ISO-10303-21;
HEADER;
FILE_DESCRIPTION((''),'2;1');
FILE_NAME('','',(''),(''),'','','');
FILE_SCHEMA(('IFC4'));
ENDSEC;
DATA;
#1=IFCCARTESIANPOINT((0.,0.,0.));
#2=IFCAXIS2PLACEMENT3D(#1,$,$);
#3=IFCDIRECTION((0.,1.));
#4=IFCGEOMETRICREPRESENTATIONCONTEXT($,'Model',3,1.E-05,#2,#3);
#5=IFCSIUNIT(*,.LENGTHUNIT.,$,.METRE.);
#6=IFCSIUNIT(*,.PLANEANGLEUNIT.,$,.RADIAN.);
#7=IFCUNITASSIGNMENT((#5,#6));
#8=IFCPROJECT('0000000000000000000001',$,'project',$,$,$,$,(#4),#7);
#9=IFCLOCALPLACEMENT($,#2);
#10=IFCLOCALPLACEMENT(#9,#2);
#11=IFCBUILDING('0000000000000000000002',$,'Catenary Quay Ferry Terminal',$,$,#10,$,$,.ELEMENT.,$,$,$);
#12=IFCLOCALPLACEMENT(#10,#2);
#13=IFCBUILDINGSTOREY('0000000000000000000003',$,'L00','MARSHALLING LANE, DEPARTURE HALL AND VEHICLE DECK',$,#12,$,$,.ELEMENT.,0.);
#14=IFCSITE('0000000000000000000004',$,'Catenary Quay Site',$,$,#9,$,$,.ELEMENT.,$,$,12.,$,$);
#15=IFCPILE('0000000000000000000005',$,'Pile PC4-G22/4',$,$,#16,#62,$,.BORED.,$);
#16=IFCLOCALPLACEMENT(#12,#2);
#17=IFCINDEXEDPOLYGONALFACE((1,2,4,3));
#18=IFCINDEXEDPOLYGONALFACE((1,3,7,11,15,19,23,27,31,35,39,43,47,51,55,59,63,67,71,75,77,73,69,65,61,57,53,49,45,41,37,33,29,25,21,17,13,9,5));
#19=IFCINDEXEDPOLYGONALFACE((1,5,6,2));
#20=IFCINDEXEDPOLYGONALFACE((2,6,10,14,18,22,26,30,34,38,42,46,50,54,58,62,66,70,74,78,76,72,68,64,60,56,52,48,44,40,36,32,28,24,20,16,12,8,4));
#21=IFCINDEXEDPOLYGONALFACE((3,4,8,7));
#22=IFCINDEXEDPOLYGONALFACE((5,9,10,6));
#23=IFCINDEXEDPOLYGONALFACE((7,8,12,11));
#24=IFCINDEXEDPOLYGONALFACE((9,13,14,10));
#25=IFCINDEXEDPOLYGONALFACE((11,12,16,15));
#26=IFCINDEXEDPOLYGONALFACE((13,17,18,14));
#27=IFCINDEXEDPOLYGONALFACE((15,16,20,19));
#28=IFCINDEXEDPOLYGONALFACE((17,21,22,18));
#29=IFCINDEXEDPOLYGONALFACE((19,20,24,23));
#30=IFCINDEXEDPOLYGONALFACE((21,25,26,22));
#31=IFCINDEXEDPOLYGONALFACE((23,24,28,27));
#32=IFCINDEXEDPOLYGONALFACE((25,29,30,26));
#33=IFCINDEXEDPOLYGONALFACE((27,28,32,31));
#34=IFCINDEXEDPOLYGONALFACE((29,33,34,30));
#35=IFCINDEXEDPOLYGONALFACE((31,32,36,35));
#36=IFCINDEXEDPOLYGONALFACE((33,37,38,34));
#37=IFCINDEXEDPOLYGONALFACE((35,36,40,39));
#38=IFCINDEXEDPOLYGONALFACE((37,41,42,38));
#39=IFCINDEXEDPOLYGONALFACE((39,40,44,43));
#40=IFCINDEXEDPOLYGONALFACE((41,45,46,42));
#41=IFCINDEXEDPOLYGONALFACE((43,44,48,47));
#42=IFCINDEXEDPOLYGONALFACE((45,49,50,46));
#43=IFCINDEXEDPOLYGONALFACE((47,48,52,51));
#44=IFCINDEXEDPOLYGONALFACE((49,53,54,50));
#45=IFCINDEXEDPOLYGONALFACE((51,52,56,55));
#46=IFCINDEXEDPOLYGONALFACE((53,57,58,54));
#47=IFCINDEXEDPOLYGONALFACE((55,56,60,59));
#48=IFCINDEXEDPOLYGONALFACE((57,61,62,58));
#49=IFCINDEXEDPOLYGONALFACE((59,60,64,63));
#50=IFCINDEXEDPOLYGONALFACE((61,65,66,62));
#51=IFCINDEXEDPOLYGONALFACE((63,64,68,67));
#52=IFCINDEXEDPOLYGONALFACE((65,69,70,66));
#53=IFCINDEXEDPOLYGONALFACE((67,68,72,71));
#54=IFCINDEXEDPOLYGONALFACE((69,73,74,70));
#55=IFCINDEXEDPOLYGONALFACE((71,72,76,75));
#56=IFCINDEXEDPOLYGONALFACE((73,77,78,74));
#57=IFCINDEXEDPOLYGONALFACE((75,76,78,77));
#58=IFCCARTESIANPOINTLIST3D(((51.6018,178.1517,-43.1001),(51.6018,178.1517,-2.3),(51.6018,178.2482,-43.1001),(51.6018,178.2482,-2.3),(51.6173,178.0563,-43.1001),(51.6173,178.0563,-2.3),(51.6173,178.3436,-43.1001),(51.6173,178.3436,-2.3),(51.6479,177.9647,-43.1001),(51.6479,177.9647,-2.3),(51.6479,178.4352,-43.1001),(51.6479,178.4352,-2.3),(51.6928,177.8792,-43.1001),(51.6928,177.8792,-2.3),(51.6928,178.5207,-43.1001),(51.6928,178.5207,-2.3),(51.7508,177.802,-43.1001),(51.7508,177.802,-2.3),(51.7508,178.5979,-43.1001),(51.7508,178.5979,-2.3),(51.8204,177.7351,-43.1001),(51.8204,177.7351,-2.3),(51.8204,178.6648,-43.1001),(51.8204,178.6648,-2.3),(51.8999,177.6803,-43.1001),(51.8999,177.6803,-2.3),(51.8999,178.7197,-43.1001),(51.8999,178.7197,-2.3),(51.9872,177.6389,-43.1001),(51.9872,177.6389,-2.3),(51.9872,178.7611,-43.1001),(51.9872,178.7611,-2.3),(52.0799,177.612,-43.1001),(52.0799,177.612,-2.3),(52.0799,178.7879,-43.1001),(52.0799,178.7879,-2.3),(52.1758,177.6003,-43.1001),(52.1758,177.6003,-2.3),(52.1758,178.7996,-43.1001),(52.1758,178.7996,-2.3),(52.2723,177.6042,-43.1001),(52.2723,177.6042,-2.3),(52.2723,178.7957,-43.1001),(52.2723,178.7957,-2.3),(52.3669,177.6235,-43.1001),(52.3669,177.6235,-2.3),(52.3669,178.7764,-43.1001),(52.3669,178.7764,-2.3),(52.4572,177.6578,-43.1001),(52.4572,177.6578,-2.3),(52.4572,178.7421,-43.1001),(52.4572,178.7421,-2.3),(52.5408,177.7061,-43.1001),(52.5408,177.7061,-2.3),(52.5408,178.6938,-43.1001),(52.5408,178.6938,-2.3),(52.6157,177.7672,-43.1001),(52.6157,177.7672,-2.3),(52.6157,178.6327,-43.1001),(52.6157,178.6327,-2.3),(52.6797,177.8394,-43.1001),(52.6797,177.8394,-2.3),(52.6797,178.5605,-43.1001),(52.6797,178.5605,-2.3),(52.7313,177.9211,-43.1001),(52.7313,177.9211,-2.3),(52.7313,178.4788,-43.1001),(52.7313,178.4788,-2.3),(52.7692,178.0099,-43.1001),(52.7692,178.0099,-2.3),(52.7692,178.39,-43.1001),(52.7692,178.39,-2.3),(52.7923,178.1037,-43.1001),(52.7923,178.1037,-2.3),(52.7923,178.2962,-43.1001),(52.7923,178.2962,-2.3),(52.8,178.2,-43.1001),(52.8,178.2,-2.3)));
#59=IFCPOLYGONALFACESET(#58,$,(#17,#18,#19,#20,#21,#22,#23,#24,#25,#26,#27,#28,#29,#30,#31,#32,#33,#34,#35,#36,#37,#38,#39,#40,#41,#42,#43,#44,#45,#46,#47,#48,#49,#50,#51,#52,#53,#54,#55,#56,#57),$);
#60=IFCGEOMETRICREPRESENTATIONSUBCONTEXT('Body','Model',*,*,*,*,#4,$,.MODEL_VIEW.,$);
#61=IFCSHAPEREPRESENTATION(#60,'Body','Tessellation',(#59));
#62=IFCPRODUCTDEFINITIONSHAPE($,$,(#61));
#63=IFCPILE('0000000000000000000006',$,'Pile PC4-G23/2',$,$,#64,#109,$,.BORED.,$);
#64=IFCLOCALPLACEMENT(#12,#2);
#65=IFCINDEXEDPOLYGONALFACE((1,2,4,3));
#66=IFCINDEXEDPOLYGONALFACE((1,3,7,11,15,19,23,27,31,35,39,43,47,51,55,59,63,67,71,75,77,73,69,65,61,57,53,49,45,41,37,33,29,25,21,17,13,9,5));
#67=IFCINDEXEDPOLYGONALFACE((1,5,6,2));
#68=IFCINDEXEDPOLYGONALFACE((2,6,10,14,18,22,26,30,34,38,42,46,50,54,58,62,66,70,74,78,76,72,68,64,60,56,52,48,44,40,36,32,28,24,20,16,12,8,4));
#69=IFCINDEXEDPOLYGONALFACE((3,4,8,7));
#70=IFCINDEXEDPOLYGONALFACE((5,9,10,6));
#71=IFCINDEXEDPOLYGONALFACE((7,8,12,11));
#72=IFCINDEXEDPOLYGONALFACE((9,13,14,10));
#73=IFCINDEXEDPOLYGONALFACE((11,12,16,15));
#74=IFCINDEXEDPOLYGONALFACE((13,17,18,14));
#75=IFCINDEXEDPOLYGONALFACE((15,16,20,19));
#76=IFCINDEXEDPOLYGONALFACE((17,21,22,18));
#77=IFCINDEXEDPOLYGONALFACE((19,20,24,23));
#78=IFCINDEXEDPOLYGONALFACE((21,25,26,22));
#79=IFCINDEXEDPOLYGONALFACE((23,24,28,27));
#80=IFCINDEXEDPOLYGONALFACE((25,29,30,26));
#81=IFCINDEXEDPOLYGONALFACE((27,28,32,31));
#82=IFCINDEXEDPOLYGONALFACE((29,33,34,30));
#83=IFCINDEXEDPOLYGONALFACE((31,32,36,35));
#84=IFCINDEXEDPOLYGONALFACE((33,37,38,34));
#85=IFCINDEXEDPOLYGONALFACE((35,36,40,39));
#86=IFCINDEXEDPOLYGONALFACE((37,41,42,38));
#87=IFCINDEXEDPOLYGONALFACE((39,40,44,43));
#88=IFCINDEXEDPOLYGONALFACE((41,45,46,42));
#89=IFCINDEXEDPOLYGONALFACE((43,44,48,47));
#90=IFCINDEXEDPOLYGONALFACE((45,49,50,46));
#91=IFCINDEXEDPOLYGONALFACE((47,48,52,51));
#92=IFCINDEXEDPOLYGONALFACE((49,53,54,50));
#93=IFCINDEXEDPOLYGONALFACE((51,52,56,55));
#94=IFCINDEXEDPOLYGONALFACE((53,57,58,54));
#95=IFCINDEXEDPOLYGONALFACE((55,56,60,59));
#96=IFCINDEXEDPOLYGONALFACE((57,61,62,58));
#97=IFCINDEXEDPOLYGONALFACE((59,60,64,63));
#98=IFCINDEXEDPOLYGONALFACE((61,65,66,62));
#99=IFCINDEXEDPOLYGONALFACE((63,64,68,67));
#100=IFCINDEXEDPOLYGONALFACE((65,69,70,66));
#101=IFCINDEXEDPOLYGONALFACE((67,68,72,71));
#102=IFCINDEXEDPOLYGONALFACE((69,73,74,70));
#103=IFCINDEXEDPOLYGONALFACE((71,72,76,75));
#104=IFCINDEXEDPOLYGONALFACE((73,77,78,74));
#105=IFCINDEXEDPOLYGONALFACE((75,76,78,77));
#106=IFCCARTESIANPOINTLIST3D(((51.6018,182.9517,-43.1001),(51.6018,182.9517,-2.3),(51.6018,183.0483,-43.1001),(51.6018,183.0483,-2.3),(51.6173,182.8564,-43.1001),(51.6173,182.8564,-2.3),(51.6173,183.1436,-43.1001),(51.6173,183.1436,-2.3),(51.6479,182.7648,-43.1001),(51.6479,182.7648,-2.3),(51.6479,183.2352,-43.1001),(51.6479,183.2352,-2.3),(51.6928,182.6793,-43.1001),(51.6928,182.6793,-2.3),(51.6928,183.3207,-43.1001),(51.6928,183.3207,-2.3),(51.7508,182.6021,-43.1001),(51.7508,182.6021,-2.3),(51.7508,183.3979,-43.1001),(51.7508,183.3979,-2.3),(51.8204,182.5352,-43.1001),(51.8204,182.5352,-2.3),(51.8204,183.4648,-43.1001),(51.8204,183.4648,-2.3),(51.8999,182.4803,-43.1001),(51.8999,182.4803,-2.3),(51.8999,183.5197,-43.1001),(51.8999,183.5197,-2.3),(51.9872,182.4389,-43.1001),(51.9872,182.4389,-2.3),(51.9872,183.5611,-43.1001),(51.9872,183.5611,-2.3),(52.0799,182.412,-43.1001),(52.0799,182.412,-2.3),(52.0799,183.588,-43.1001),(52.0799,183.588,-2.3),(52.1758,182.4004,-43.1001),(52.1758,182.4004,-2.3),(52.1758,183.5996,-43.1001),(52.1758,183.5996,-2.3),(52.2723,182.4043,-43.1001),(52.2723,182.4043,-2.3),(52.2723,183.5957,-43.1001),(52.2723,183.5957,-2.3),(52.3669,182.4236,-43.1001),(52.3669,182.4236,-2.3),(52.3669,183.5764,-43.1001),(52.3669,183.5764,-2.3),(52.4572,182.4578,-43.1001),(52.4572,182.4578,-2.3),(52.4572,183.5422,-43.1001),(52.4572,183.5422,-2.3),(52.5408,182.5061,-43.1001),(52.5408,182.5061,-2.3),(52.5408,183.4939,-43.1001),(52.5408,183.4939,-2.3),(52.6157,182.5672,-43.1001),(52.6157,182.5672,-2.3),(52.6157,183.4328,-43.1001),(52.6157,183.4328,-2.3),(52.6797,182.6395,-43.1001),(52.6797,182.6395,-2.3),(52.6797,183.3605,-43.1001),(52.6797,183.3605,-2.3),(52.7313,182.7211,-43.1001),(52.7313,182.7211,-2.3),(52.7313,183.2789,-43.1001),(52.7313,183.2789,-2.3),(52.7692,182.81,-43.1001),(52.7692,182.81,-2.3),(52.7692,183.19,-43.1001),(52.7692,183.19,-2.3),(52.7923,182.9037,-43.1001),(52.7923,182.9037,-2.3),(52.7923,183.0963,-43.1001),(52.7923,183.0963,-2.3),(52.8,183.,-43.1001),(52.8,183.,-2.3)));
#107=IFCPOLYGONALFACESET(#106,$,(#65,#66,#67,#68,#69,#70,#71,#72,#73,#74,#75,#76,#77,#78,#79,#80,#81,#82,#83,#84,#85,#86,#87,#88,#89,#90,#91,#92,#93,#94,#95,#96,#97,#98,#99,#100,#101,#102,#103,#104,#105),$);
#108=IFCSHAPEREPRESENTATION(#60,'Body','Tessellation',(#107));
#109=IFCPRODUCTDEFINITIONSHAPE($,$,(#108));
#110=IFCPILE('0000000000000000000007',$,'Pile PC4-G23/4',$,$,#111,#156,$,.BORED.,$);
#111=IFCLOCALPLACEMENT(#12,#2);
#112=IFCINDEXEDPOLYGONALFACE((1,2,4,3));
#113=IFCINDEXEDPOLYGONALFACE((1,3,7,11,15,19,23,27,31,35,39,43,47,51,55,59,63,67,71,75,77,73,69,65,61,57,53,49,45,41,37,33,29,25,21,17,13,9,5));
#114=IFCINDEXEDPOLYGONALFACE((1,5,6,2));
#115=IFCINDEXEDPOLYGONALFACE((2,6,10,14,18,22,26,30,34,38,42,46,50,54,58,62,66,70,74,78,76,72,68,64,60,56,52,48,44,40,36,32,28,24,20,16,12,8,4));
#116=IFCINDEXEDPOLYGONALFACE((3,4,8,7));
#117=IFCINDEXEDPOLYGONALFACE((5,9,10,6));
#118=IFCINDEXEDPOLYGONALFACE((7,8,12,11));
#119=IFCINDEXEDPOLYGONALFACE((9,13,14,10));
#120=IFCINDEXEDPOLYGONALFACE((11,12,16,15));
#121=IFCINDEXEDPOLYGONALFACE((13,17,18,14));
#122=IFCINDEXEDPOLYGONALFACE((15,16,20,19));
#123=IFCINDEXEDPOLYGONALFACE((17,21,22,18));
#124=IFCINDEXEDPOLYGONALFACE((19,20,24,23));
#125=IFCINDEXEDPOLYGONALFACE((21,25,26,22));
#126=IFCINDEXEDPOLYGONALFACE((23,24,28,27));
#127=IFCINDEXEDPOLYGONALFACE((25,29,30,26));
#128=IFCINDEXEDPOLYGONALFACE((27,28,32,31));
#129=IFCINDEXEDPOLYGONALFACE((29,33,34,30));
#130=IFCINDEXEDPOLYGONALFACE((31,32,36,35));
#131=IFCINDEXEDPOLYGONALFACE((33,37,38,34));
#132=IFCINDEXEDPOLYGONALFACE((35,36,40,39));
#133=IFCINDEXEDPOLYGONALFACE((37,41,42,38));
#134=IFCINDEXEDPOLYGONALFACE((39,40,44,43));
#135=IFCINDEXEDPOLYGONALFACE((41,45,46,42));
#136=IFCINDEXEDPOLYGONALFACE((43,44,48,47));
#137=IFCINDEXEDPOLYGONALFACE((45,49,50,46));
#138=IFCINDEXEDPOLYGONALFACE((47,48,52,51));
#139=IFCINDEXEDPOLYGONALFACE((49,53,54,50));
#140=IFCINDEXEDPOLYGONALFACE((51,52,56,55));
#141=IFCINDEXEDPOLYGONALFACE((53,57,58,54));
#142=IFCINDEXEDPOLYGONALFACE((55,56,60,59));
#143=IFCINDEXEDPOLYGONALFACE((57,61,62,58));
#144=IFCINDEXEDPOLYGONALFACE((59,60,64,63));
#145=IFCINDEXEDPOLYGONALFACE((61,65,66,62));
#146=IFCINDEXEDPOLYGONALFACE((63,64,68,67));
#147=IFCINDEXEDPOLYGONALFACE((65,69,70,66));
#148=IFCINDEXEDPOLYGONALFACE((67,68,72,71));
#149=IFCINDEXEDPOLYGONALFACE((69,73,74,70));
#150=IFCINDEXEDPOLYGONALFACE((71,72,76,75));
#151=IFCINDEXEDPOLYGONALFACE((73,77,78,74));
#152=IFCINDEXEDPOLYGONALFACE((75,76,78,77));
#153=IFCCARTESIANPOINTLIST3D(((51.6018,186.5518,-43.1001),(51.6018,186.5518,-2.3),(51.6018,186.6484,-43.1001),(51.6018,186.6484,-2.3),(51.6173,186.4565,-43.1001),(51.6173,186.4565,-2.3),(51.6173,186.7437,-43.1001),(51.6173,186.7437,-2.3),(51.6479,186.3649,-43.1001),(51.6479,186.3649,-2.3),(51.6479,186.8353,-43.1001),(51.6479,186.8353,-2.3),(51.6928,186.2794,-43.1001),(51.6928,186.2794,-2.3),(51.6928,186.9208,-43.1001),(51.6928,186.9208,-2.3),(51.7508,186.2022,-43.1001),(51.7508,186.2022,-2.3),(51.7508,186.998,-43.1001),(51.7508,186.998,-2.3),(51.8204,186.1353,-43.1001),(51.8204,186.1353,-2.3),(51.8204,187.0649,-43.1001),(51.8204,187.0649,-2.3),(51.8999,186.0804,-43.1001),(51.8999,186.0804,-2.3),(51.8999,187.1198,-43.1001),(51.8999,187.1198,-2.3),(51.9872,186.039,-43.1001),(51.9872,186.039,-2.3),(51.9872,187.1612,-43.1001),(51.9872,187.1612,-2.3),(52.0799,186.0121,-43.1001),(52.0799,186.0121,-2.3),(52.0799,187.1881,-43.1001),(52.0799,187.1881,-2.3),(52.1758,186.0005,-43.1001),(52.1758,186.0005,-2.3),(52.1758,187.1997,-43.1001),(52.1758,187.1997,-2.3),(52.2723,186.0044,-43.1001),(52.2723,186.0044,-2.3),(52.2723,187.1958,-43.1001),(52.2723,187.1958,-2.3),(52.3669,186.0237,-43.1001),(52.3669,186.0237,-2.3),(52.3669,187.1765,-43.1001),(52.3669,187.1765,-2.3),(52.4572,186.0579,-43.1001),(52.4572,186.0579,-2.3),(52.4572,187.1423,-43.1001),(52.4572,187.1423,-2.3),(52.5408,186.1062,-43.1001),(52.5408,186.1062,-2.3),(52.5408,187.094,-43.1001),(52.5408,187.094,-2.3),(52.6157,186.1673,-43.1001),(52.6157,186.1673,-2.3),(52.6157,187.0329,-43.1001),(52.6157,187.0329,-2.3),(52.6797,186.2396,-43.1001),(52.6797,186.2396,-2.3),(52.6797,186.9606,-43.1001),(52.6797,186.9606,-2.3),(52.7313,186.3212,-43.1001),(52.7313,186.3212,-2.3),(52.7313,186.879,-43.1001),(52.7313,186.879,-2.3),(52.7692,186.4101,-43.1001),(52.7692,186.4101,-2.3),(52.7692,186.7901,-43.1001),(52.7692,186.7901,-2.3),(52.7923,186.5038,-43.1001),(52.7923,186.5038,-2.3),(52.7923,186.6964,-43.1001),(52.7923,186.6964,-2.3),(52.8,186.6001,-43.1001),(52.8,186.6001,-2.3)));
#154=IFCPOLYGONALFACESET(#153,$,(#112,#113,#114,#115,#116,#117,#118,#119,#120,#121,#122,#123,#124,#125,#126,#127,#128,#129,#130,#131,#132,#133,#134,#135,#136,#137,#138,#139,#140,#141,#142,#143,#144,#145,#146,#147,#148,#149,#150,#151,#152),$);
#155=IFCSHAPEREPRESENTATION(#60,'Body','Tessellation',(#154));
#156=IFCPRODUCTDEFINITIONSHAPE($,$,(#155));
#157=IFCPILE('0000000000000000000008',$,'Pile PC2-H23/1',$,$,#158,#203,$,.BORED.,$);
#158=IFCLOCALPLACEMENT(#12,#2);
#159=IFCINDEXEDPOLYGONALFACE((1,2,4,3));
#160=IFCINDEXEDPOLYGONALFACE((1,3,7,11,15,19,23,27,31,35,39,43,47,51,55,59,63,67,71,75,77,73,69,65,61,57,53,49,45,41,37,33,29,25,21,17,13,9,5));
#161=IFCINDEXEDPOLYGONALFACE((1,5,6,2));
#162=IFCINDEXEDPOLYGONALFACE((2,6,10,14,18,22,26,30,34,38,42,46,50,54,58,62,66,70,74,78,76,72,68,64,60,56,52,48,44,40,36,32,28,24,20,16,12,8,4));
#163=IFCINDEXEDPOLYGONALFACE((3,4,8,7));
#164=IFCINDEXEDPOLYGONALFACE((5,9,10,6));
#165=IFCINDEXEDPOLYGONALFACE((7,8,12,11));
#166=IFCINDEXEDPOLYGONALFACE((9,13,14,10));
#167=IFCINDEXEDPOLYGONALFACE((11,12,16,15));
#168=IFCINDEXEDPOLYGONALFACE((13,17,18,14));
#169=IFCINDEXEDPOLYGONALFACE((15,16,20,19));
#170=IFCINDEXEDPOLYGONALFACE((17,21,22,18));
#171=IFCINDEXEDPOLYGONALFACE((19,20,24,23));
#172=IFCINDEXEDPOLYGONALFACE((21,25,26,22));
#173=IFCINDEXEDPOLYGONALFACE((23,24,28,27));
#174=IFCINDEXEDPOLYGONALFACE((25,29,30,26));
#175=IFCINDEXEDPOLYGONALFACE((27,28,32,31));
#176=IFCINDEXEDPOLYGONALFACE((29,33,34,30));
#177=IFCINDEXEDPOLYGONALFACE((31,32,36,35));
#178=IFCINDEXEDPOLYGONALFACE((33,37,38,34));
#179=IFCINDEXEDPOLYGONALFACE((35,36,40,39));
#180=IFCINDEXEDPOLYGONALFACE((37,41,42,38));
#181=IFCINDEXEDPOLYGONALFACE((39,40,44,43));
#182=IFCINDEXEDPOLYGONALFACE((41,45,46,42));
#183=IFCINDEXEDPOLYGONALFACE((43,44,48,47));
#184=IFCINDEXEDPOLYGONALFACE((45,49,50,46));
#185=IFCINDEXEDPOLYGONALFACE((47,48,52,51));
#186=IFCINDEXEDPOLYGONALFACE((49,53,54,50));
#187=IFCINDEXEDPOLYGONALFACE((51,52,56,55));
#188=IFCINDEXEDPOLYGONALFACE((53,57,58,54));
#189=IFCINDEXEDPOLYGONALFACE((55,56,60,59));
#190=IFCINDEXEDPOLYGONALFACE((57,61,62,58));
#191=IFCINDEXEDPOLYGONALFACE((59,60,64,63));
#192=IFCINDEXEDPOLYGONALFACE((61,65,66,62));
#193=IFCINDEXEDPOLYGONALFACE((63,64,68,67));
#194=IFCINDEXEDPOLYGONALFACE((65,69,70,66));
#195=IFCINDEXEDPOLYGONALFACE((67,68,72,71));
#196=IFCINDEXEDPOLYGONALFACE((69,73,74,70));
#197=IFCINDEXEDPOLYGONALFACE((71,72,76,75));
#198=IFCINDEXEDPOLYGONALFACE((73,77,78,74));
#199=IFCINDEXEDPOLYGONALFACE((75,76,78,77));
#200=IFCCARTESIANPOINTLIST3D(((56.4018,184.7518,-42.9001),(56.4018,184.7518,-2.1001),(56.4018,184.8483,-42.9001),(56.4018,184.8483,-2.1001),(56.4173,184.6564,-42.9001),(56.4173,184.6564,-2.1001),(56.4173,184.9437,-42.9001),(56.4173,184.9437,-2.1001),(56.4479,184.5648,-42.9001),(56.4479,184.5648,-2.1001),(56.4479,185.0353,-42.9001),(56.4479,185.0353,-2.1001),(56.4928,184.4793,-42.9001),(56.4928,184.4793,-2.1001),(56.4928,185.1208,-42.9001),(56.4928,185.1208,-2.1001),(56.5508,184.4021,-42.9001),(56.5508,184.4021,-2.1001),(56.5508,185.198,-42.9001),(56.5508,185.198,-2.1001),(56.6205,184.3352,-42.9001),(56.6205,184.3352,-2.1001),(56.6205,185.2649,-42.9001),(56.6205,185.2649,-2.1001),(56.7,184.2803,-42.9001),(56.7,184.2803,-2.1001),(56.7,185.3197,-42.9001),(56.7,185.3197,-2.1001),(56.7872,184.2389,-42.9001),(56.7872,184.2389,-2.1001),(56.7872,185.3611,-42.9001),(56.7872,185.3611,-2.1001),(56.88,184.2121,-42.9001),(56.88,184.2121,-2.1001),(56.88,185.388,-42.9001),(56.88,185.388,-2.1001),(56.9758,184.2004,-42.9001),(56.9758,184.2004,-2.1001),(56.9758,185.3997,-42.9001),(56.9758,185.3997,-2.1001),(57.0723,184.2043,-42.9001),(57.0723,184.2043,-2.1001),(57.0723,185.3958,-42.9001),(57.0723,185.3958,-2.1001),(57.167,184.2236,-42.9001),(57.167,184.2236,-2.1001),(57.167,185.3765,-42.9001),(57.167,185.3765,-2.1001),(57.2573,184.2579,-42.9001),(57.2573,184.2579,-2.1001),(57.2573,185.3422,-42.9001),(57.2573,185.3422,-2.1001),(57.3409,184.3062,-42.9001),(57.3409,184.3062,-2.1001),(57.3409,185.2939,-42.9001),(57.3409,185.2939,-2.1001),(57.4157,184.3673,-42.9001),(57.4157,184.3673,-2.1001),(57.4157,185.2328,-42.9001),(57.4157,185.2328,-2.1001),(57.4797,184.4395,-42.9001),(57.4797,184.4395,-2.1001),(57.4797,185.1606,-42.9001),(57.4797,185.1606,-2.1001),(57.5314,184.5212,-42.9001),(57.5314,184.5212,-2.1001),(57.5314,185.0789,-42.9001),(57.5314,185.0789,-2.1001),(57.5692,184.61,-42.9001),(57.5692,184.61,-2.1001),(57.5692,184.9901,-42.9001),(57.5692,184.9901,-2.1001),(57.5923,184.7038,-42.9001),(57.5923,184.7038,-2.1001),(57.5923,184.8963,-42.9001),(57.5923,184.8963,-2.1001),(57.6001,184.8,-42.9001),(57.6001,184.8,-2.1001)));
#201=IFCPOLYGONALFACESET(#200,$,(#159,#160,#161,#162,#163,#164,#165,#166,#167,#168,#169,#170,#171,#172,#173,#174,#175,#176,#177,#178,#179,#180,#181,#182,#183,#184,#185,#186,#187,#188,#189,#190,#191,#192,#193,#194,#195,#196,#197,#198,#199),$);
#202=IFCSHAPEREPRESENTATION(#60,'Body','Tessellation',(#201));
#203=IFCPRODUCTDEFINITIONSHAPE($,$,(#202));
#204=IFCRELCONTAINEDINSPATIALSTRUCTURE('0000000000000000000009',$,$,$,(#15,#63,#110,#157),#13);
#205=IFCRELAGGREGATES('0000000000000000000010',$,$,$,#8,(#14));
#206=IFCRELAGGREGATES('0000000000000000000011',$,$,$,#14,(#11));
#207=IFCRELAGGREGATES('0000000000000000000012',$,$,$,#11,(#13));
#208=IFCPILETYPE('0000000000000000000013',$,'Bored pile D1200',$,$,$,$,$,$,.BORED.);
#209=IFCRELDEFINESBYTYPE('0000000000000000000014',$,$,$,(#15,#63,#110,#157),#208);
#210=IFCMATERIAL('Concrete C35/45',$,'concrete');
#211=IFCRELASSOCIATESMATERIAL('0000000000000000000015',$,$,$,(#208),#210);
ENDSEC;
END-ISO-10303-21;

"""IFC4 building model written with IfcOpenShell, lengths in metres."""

from ifc_helpers import new_model, si_unit, direction, frame, origin, origin_2d, place, context, subcontext, project, spatial, circle, extrude, material, material_profile, profile_set, type_object, element, save


model = new_model("IFC4")

# Units and contexts
model_context = context("Model", 3, precision=1e-05, world=origin(), true_north=direction((0.0, 1.0)))
body_context = subcontext(model_context, "Body", "Model", "MODEL_VIEW")
ifc_project = project(units=[si_unit("LENGTHUNIT", "METRE"), si_unit("PLANEANGLEUNIT", "RADIAN")], contexts=[model_context])

# Site, building, storey
site_placement = place(None, origin())
site = spatial("IfcSite", under=ifc_project, at=site_placement, Name="Catenary Quay Site", CompositionType="ELEMENT", RefElevation=12.0)
building_placement = place(site_placement, origin())
building = spatial("IfcBuilding", under=site, at=building_placement, Name="Catenary Quay Ferry Terminal", CompositionType="ELEMENT")
storey_placement = place(building_placement, origin())
storey = spatial("IfcBuildingStorey", under=building, at=storey_placement, Name="L00", Description="MARSHALLING LANE, DEPARTURE HALL AND VEHICLE DECK", CompositionType="ELEMENT", Elevation=0.0)

# Piles
ifc_material_1 = material(Name="Concrete C35/45", Category="concrete")
ifc_material_profile_1 = material_profile(ifc_material_1, circle(Radius=0.6001, at=origin_2d()), Name="D1200")
ifc_profile_set_1 = profile_set([ifc_material_profile_1], Name="Concrete C35/45")
pile_type = type_object("IfcPileType", Name="Bored pile D1200", PredefinedType="BORED", material=ifc_profile_set_1)
for number, where, z_axis, x_axis, name in (
    (1, (52.2, 178.2, -2.3), (0.0, 0.0, -1.0), (1.0, 0.0, 0.0), "Pile PC4-G22/4"),
    (2, (52.2, 183.0, -2.3), (0.0, 0.0, -1.0), (1.0, 0.0, 0.0), "Pile PC4-G23/2"),
    (3, (52.2, 186.6001, -2.3), (0.0, 0.0, -1.0), (1.0, 0.0, 0.0), "Pile PC4-G23/4"),
    (4, (57.0, 184.8, -2.1001), (0.0, 0.0, -1.0), (1.0, 0.0, 0.0), "Pile PC2-H23/1"),
):
    element("IfcPile", number, at=place(storey_placement, frame(where, z_axis=z_axis, x_axis=x_axis)), inside=storey, type_object=pile_type, Name=name, PredefinedType="BORED", context=body_context, shape_type="SweptSolid", body=[
        extrude(circle(Radius=0.6001, at=origin_2d()), origin(), (0.0, 0.0, 1.0), 40.8),
    ])

save(model, "model.ifc")
